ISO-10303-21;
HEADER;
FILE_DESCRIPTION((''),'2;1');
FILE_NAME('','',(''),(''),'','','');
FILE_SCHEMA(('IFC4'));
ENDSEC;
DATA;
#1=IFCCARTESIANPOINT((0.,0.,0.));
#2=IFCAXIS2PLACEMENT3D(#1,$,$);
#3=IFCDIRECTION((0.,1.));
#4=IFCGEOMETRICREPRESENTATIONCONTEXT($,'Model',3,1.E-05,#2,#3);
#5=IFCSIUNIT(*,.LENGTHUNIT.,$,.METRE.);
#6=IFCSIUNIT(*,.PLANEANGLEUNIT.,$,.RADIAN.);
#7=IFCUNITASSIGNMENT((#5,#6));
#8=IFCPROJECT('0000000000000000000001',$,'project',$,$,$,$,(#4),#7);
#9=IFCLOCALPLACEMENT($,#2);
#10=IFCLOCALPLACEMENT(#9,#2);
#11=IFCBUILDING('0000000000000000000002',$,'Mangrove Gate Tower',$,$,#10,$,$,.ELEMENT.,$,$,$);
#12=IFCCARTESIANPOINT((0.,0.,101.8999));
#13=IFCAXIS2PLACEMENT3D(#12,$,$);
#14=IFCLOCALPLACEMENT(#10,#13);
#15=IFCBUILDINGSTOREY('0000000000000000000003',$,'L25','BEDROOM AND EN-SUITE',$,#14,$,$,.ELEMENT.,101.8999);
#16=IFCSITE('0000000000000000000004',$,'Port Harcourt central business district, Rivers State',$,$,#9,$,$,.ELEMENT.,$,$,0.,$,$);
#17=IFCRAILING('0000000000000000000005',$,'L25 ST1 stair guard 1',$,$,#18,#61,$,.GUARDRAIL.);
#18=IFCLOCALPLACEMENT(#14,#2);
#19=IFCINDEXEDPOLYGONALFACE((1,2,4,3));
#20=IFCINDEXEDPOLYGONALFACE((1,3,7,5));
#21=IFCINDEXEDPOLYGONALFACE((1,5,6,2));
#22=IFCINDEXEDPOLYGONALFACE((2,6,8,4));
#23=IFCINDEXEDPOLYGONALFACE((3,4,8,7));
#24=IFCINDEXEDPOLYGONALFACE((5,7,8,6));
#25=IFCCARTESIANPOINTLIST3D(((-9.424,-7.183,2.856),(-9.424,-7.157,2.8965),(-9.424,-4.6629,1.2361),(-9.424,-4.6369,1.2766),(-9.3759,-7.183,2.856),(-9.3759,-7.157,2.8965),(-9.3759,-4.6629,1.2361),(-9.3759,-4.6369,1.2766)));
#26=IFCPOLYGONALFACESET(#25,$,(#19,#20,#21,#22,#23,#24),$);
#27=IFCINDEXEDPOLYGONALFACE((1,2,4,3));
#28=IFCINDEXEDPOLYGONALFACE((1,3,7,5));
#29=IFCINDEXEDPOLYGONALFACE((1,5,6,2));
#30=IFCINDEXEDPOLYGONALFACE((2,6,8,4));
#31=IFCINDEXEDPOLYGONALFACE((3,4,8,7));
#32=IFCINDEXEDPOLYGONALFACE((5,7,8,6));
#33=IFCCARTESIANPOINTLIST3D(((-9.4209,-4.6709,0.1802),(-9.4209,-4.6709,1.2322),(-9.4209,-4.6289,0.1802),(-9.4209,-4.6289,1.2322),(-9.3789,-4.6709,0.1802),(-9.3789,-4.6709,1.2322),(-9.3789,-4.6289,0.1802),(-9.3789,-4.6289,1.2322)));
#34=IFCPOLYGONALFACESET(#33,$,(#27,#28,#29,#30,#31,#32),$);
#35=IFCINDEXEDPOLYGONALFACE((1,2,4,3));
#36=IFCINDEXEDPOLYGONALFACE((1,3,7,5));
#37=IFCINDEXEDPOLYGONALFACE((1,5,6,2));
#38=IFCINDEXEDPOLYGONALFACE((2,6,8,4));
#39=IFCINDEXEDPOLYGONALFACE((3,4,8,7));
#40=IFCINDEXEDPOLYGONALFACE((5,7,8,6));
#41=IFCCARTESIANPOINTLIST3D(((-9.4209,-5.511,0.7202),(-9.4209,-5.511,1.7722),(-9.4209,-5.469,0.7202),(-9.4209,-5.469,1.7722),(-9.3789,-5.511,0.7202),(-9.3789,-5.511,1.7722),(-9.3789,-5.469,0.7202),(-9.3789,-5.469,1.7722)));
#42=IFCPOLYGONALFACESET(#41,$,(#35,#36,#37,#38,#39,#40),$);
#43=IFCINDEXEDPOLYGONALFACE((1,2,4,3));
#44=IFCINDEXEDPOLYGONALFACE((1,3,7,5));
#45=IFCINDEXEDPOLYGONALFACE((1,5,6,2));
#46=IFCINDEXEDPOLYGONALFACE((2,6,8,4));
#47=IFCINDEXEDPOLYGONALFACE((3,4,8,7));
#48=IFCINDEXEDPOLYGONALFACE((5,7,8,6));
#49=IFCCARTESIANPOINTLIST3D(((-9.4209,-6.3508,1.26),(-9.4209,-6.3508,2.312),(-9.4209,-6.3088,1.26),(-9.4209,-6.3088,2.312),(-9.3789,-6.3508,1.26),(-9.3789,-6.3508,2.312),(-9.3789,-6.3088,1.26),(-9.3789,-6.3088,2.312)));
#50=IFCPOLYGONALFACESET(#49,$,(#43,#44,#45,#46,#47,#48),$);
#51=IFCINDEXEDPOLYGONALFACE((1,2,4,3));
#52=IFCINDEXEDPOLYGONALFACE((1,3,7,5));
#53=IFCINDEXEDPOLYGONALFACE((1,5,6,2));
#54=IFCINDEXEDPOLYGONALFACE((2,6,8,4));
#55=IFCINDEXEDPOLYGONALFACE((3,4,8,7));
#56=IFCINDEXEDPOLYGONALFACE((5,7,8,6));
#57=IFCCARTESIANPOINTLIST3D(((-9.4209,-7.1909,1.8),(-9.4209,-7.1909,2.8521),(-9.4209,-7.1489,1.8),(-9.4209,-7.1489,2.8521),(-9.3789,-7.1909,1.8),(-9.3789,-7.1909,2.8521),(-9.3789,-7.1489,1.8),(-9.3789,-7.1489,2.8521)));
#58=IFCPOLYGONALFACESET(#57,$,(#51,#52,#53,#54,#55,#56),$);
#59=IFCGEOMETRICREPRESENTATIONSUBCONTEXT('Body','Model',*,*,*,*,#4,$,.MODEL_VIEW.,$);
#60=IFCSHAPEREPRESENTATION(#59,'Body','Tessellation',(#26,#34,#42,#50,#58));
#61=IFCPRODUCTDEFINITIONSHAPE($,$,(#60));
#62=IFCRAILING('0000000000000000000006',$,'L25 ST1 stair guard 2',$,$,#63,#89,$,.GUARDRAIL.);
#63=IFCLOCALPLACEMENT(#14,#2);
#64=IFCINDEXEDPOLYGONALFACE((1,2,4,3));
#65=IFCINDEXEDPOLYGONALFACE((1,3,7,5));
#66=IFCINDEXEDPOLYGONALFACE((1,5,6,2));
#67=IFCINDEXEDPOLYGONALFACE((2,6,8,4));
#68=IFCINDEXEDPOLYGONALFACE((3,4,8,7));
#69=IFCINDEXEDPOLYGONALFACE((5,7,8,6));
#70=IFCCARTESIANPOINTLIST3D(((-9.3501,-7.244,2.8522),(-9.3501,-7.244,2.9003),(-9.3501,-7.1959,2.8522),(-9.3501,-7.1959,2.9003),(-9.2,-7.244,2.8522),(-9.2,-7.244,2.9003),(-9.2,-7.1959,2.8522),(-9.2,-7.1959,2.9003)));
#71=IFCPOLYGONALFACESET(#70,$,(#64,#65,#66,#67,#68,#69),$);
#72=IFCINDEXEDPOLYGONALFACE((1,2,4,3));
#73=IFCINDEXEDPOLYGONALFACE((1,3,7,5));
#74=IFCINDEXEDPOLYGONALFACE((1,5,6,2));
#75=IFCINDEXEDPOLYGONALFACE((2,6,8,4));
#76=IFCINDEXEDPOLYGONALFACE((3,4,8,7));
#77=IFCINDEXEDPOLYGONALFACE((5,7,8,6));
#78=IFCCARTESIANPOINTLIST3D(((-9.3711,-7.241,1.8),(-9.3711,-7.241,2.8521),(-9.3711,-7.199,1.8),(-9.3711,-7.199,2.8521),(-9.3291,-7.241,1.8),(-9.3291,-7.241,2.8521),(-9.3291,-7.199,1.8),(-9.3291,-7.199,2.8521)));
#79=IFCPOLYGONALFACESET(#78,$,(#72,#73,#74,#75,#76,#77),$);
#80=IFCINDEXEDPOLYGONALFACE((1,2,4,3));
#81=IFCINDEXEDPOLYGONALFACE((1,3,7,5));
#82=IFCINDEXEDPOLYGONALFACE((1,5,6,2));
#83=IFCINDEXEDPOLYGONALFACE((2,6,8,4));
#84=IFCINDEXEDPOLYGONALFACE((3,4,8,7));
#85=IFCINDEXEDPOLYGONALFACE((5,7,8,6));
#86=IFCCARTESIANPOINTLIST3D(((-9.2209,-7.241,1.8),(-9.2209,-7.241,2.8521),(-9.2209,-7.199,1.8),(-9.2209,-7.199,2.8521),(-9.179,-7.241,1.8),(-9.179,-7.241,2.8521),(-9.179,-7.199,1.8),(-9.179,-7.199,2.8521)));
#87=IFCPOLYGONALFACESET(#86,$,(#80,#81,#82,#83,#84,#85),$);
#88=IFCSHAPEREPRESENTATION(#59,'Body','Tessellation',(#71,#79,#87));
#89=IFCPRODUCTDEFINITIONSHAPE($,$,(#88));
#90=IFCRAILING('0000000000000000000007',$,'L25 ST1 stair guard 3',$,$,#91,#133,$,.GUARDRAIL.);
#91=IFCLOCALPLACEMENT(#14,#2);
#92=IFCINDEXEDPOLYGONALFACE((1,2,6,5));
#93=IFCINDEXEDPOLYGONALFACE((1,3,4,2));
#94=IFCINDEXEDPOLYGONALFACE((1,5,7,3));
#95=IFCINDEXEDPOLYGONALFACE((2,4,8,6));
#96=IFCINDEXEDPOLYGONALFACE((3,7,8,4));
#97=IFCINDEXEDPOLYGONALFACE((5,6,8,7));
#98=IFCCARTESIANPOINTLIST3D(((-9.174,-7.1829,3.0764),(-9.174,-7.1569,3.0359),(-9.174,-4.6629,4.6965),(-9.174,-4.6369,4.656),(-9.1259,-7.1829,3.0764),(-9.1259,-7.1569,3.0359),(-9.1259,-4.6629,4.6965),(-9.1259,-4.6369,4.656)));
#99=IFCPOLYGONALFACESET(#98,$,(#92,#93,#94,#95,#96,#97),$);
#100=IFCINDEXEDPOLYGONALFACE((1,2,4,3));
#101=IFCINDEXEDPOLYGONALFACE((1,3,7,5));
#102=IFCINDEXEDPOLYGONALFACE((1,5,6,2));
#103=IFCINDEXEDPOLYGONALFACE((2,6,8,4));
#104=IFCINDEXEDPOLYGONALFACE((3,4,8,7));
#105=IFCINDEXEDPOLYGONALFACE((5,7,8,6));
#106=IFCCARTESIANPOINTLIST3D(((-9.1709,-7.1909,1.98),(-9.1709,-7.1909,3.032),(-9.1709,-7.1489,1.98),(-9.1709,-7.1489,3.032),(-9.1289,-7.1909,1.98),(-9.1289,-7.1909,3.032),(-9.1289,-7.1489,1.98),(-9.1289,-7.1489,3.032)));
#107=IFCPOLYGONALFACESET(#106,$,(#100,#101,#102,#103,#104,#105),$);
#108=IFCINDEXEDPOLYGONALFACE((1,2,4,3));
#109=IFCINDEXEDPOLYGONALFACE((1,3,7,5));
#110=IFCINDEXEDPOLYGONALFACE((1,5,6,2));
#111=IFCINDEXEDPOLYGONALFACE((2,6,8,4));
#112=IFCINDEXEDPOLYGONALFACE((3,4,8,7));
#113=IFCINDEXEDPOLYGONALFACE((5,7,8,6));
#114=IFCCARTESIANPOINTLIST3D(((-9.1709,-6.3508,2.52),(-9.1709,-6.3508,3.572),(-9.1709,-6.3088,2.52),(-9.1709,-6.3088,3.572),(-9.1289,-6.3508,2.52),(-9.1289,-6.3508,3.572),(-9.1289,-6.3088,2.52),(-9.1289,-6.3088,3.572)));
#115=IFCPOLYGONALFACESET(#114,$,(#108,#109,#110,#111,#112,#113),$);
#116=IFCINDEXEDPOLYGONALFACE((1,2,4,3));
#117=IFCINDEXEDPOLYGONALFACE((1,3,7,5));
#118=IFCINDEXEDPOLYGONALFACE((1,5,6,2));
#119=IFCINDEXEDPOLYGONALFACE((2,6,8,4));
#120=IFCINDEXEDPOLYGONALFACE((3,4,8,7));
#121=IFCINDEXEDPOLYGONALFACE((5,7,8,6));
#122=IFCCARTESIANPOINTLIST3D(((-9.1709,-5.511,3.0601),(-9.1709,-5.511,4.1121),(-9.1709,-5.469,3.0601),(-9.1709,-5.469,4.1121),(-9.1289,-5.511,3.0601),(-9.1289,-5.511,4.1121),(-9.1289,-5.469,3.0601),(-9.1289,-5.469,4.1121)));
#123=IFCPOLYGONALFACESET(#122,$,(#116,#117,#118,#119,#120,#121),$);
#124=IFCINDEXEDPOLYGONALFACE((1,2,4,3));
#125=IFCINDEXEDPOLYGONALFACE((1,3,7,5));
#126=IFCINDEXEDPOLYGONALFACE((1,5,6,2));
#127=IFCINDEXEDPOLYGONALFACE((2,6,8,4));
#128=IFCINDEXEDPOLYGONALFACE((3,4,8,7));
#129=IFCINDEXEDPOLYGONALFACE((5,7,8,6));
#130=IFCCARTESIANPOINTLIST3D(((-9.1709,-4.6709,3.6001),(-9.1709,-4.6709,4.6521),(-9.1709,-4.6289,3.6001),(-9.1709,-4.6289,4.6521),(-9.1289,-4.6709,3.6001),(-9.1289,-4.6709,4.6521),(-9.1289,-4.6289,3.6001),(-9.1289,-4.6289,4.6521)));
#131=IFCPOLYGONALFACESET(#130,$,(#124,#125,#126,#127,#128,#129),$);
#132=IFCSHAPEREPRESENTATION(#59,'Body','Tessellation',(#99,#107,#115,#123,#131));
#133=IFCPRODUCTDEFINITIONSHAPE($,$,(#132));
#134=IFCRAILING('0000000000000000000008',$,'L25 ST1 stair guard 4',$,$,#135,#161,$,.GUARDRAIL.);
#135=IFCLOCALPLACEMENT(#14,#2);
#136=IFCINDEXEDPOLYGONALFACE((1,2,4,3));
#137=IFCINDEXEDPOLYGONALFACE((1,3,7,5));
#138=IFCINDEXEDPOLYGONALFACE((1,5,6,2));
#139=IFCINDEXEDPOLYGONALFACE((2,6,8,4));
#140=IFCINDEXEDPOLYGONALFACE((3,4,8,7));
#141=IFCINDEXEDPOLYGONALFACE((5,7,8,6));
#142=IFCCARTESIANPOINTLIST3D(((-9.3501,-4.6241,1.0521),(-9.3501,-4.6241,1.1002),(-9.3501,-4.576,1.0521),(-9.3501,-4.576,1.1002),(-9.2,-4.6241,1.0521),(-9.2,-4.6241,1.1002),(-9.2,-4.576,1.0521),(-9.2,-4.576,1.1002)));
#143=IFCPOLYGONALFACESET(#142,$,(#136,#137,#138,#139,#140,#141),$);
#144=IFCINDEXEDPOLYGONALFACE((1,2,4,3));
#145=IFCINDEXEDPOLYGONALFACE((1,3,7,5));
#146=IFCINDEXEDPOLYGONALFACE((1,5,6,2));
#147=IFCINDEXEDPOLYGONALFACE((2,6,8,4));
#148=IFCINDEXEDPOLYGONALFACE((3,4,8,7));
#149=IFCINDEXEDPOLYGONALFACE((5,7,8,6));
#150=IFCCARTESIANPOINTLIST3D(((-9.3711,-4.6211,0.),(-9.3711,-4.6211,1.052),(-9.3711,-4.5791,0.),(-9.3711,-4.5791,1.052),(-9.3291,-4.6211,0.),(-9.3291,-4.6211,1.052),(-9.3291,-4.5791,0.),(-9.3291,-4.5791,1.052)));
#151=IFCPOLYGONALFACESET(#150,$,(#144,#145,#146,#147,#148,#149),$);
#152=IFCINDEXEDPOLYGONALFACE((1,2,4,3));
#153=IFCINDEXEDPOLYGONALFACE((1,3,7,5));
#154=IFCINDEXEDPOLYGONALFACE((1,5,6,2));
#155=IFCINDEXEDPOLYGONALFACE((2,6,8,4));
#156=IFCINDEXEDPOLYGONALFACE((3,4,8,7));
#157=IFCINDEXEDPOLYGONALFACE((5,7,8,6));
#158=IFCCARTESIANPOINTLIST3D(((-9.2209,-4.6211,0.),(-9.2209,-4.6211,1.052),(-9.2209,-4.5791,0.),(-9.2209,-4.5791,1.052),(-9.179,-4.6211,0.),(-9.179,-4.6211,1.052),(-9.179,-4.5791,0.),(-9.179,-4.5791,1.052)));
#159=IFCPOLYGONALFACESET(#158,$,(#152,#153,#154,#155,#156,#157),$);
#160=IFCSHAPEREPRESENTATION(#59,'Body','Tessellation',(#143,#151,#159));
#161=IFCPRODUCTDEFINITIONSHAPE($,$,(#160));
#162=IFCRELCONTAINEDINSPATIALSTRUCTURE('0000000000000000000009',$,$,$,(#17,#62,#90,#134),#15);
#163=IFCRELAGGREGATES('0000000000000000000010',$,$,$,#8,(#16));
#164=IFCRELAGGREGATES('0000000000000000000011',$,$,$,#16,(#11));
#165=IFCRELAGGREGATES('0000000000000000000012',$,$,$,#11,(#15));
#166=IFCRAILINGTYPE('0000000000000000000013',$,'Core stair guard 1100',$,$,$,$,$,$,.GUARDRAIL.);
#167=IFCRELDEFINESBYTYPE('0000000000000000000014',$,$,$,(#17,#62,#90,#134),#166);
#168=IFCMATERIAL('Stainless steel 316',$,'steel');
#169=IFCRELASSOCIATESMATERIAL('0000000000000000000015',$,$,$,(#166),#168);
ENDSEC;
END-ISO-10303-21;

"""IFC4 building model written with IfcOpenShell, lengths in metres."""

from ifc_helpers import new_model, si_unit, direction, frame, origin, origin_2d, place, context, subcontext, project, spatial, rectangle, extrude, material, type_object, element, save


model = new_model("IFC4")

# Units and contexts
model_context = context("Model", 3, precision=1e-05, world=origin(), true_north=direction((0.0, 1.0)))
body_context = subcontext(model_context, "Body", "Model", "MODEL_VIEW")
ifc_project = project(units=[si_unit("LENGTHUNIT", "METRE"), si_unit("PLANEANGLEUNIT", "RADIAN")], contexts=[model_context])

# Site, building, storey
site_placement = place(None, origin())
site = spatial("IfcSite", under=ifc_project, at=site_placement, Name="Port Harcourt central business district, Rivers State", CompositionType="ELEMENT", RefElevation=0.0)
building_placement = place(site_placement, origin())
building = spatial("IfcBuilding", under=site, at=building_placement, Name="Mangrove Gate Tower", CompositionType="ELEMENT")
storey_placement = place(building_placement, frame((0.0, 0.0, 101.8999)))
storey = spatial("IfcBuildingStorey", under=building, at=storey_placement, Name="L25", Description="BEDROOM AND EN-SUITE", CompositionType="ELEMENT", Elevation=101.8999)

# Railings
ifc_material_1 = material(Name="Stainless steel 316", Category="steel")
railing_type_1 = type_object("IfcRailingType", Name="Core stair guard 1100", PredefinedType="GUARDRAIL", material=ifc_material_1)
railing_1_placement = place(storey_placement, frame((-9.3999, -4.6499, 0.1802)))
element("IfcRailing", 1, at=railing_1_placement, inside=storey, type_object=railing_type_1, Name="L25 ST1 stair guard 1", PredefinedType="GUARDRAIL", context=body_context, shape_type="SweptSolid", body=[
    extrude(rectangle(XDim=0.0481, YDim=0.0481, at=origin_2d()), frame((0.0, 0.0, 1.0762), z_axis=(0.0, -0.8412, 0.540725), x_axis=(1.0, 0.0, 0.0)), (0.0, 0.0, 1.0), 2.9958),
    extrude(rectangle(XDim=0.042, YDim=0.042, at=origin_2d()), origin(), (0.0, 0.0, 1.0), 1.052),
    extrude(rectangle(XDim=0.042, YDim=0.042, at=origin_2d()), frame((0.0, -0.8401, 0.54)), (0.0, 0.0, 1.0), 1.052),
    extrude(rectangle(XDim=0.042, YDim=0.042, at=origin_2d()), frame((0.0, -1.6799, 1.0798)), (0.0, 0.0, 1.0), 1.052),
    extrude(rectangle(XDim=0.042, YDim=0.042, at=origin_2d()), frame((0.0, -2.52, 1.6199)), (0.0, 0.0, 1.0), 1.052),
])
railing_2_placement = place(storey_placement, frame((-9.3501, -7.22, 1.8)))
element("IfcRailing", 2, at=railing_2_placement, inside=storey, type_object=railing_type_1, Name="L25 ST1 stair guard 2", PredefinedType="GUARDRAIL", context=body_context, shape_type="SweptSolid", body=[
    extrude(rectangle(XDim=0.0481, YDim=0.0481, at=origin_2d()), frame((0.0, 0.0, 1.0762), z_axis=(1.0, 0.0, 0.0), x_axis=(0.0, 1.0, 0.0)), (0.0, 0.0, 1.0), 0.1501),
    extrude(rectangle(XDim=0.042, YDim=0.042, at=origin_2d()), origin(), (0.0, 0.0, 1.0), 1.052),
    extrude(rectangle(XDim=0.042, YDim=0.042, at=origin_2d()), frame((0.1501, 0.0, 0.0)), (0.0, 0.0, 1.0), 1.052),
])
railing_3_placement = place(storey_placement, frame((-9.1499, -7.1699, 1.98)))
element("IfcRailing", 3, at=railing_3_placement, inside=storey, type_object=railing_type_1, Name="L25 ST1 stair guard 3", PredefinedType="GUARDRAIL", context=body_context, shape_type="SweptSolid", body=[
    extrude(rectangle(XDim=0.0481, YDim=0.0481, at=origin_2d()), frame((0.0, 0.0, 1.0762), z_axis=(0.0, 0.841163, 0.540782), x_axis=(-1.0, 0.0, 0.0)), (0.0, 0.0, 1.0), 2.9958),
    extrude(rectangle(XDim=0.042, YDim=0.042, at=origin_2d()), origin(), (0.0, 0.0, 1.0), 1.052),
    extrude(rectangle(XDim=0.042, YDim=0.042, at=origin_2d()), frame((0.0, 0.8401, 0.54)), (0.0, 0.0, 1.0), 1.052),
    extrude(rectangle(XDim=0.042, YDim=0.042, at=origin_2d()), frame((0.0, 1.6799, 1.0801)), (0.0, 0.0, 1.0), 1.052),
    extrude(rectangle(XDim=0.042, YDim=0.042, at=origin_2d()), frame((0.0, 2.52, 1.6201)), (0.0, 0.0, 1.0), 1.052),
])
railing_4_placement = place(storey_placement, frame((-9.3501, -4.6001, 0.0)))
element("IfcRailing", 4, at=railing_4_placement, inside=storey, type_object=railing_type_1, Name="L25 ST1 stair guard 4", PredefinedType="GUARDRAIL", context=body_context, shape_type="SweptSolid", body=[
    extrude(rectangle(XDim=0.0481, YDim=0.0481, at=origin_2d()), frame((0.0, 0.0, 1.0762), z_axis=(1.0, 0.0, 0.0), x_axis=(0.0, 1.0, 0.0)), (0.0, 0.0, 1.0), 0.1501),
    extrude(rectangle(XDim=0.042, YDim=0.042, at=origin_2d()), origin(), (0.0, 0.0, 1.0), 1.052),
    extrude(rectangle(XDim=0.042, YDim=0.042, at=origin_2d()), frame((0.1501, 0.0, 0.0)), (0.0, 0.0, 1.0), 1.052),
])

save(model, "model.ifc")
